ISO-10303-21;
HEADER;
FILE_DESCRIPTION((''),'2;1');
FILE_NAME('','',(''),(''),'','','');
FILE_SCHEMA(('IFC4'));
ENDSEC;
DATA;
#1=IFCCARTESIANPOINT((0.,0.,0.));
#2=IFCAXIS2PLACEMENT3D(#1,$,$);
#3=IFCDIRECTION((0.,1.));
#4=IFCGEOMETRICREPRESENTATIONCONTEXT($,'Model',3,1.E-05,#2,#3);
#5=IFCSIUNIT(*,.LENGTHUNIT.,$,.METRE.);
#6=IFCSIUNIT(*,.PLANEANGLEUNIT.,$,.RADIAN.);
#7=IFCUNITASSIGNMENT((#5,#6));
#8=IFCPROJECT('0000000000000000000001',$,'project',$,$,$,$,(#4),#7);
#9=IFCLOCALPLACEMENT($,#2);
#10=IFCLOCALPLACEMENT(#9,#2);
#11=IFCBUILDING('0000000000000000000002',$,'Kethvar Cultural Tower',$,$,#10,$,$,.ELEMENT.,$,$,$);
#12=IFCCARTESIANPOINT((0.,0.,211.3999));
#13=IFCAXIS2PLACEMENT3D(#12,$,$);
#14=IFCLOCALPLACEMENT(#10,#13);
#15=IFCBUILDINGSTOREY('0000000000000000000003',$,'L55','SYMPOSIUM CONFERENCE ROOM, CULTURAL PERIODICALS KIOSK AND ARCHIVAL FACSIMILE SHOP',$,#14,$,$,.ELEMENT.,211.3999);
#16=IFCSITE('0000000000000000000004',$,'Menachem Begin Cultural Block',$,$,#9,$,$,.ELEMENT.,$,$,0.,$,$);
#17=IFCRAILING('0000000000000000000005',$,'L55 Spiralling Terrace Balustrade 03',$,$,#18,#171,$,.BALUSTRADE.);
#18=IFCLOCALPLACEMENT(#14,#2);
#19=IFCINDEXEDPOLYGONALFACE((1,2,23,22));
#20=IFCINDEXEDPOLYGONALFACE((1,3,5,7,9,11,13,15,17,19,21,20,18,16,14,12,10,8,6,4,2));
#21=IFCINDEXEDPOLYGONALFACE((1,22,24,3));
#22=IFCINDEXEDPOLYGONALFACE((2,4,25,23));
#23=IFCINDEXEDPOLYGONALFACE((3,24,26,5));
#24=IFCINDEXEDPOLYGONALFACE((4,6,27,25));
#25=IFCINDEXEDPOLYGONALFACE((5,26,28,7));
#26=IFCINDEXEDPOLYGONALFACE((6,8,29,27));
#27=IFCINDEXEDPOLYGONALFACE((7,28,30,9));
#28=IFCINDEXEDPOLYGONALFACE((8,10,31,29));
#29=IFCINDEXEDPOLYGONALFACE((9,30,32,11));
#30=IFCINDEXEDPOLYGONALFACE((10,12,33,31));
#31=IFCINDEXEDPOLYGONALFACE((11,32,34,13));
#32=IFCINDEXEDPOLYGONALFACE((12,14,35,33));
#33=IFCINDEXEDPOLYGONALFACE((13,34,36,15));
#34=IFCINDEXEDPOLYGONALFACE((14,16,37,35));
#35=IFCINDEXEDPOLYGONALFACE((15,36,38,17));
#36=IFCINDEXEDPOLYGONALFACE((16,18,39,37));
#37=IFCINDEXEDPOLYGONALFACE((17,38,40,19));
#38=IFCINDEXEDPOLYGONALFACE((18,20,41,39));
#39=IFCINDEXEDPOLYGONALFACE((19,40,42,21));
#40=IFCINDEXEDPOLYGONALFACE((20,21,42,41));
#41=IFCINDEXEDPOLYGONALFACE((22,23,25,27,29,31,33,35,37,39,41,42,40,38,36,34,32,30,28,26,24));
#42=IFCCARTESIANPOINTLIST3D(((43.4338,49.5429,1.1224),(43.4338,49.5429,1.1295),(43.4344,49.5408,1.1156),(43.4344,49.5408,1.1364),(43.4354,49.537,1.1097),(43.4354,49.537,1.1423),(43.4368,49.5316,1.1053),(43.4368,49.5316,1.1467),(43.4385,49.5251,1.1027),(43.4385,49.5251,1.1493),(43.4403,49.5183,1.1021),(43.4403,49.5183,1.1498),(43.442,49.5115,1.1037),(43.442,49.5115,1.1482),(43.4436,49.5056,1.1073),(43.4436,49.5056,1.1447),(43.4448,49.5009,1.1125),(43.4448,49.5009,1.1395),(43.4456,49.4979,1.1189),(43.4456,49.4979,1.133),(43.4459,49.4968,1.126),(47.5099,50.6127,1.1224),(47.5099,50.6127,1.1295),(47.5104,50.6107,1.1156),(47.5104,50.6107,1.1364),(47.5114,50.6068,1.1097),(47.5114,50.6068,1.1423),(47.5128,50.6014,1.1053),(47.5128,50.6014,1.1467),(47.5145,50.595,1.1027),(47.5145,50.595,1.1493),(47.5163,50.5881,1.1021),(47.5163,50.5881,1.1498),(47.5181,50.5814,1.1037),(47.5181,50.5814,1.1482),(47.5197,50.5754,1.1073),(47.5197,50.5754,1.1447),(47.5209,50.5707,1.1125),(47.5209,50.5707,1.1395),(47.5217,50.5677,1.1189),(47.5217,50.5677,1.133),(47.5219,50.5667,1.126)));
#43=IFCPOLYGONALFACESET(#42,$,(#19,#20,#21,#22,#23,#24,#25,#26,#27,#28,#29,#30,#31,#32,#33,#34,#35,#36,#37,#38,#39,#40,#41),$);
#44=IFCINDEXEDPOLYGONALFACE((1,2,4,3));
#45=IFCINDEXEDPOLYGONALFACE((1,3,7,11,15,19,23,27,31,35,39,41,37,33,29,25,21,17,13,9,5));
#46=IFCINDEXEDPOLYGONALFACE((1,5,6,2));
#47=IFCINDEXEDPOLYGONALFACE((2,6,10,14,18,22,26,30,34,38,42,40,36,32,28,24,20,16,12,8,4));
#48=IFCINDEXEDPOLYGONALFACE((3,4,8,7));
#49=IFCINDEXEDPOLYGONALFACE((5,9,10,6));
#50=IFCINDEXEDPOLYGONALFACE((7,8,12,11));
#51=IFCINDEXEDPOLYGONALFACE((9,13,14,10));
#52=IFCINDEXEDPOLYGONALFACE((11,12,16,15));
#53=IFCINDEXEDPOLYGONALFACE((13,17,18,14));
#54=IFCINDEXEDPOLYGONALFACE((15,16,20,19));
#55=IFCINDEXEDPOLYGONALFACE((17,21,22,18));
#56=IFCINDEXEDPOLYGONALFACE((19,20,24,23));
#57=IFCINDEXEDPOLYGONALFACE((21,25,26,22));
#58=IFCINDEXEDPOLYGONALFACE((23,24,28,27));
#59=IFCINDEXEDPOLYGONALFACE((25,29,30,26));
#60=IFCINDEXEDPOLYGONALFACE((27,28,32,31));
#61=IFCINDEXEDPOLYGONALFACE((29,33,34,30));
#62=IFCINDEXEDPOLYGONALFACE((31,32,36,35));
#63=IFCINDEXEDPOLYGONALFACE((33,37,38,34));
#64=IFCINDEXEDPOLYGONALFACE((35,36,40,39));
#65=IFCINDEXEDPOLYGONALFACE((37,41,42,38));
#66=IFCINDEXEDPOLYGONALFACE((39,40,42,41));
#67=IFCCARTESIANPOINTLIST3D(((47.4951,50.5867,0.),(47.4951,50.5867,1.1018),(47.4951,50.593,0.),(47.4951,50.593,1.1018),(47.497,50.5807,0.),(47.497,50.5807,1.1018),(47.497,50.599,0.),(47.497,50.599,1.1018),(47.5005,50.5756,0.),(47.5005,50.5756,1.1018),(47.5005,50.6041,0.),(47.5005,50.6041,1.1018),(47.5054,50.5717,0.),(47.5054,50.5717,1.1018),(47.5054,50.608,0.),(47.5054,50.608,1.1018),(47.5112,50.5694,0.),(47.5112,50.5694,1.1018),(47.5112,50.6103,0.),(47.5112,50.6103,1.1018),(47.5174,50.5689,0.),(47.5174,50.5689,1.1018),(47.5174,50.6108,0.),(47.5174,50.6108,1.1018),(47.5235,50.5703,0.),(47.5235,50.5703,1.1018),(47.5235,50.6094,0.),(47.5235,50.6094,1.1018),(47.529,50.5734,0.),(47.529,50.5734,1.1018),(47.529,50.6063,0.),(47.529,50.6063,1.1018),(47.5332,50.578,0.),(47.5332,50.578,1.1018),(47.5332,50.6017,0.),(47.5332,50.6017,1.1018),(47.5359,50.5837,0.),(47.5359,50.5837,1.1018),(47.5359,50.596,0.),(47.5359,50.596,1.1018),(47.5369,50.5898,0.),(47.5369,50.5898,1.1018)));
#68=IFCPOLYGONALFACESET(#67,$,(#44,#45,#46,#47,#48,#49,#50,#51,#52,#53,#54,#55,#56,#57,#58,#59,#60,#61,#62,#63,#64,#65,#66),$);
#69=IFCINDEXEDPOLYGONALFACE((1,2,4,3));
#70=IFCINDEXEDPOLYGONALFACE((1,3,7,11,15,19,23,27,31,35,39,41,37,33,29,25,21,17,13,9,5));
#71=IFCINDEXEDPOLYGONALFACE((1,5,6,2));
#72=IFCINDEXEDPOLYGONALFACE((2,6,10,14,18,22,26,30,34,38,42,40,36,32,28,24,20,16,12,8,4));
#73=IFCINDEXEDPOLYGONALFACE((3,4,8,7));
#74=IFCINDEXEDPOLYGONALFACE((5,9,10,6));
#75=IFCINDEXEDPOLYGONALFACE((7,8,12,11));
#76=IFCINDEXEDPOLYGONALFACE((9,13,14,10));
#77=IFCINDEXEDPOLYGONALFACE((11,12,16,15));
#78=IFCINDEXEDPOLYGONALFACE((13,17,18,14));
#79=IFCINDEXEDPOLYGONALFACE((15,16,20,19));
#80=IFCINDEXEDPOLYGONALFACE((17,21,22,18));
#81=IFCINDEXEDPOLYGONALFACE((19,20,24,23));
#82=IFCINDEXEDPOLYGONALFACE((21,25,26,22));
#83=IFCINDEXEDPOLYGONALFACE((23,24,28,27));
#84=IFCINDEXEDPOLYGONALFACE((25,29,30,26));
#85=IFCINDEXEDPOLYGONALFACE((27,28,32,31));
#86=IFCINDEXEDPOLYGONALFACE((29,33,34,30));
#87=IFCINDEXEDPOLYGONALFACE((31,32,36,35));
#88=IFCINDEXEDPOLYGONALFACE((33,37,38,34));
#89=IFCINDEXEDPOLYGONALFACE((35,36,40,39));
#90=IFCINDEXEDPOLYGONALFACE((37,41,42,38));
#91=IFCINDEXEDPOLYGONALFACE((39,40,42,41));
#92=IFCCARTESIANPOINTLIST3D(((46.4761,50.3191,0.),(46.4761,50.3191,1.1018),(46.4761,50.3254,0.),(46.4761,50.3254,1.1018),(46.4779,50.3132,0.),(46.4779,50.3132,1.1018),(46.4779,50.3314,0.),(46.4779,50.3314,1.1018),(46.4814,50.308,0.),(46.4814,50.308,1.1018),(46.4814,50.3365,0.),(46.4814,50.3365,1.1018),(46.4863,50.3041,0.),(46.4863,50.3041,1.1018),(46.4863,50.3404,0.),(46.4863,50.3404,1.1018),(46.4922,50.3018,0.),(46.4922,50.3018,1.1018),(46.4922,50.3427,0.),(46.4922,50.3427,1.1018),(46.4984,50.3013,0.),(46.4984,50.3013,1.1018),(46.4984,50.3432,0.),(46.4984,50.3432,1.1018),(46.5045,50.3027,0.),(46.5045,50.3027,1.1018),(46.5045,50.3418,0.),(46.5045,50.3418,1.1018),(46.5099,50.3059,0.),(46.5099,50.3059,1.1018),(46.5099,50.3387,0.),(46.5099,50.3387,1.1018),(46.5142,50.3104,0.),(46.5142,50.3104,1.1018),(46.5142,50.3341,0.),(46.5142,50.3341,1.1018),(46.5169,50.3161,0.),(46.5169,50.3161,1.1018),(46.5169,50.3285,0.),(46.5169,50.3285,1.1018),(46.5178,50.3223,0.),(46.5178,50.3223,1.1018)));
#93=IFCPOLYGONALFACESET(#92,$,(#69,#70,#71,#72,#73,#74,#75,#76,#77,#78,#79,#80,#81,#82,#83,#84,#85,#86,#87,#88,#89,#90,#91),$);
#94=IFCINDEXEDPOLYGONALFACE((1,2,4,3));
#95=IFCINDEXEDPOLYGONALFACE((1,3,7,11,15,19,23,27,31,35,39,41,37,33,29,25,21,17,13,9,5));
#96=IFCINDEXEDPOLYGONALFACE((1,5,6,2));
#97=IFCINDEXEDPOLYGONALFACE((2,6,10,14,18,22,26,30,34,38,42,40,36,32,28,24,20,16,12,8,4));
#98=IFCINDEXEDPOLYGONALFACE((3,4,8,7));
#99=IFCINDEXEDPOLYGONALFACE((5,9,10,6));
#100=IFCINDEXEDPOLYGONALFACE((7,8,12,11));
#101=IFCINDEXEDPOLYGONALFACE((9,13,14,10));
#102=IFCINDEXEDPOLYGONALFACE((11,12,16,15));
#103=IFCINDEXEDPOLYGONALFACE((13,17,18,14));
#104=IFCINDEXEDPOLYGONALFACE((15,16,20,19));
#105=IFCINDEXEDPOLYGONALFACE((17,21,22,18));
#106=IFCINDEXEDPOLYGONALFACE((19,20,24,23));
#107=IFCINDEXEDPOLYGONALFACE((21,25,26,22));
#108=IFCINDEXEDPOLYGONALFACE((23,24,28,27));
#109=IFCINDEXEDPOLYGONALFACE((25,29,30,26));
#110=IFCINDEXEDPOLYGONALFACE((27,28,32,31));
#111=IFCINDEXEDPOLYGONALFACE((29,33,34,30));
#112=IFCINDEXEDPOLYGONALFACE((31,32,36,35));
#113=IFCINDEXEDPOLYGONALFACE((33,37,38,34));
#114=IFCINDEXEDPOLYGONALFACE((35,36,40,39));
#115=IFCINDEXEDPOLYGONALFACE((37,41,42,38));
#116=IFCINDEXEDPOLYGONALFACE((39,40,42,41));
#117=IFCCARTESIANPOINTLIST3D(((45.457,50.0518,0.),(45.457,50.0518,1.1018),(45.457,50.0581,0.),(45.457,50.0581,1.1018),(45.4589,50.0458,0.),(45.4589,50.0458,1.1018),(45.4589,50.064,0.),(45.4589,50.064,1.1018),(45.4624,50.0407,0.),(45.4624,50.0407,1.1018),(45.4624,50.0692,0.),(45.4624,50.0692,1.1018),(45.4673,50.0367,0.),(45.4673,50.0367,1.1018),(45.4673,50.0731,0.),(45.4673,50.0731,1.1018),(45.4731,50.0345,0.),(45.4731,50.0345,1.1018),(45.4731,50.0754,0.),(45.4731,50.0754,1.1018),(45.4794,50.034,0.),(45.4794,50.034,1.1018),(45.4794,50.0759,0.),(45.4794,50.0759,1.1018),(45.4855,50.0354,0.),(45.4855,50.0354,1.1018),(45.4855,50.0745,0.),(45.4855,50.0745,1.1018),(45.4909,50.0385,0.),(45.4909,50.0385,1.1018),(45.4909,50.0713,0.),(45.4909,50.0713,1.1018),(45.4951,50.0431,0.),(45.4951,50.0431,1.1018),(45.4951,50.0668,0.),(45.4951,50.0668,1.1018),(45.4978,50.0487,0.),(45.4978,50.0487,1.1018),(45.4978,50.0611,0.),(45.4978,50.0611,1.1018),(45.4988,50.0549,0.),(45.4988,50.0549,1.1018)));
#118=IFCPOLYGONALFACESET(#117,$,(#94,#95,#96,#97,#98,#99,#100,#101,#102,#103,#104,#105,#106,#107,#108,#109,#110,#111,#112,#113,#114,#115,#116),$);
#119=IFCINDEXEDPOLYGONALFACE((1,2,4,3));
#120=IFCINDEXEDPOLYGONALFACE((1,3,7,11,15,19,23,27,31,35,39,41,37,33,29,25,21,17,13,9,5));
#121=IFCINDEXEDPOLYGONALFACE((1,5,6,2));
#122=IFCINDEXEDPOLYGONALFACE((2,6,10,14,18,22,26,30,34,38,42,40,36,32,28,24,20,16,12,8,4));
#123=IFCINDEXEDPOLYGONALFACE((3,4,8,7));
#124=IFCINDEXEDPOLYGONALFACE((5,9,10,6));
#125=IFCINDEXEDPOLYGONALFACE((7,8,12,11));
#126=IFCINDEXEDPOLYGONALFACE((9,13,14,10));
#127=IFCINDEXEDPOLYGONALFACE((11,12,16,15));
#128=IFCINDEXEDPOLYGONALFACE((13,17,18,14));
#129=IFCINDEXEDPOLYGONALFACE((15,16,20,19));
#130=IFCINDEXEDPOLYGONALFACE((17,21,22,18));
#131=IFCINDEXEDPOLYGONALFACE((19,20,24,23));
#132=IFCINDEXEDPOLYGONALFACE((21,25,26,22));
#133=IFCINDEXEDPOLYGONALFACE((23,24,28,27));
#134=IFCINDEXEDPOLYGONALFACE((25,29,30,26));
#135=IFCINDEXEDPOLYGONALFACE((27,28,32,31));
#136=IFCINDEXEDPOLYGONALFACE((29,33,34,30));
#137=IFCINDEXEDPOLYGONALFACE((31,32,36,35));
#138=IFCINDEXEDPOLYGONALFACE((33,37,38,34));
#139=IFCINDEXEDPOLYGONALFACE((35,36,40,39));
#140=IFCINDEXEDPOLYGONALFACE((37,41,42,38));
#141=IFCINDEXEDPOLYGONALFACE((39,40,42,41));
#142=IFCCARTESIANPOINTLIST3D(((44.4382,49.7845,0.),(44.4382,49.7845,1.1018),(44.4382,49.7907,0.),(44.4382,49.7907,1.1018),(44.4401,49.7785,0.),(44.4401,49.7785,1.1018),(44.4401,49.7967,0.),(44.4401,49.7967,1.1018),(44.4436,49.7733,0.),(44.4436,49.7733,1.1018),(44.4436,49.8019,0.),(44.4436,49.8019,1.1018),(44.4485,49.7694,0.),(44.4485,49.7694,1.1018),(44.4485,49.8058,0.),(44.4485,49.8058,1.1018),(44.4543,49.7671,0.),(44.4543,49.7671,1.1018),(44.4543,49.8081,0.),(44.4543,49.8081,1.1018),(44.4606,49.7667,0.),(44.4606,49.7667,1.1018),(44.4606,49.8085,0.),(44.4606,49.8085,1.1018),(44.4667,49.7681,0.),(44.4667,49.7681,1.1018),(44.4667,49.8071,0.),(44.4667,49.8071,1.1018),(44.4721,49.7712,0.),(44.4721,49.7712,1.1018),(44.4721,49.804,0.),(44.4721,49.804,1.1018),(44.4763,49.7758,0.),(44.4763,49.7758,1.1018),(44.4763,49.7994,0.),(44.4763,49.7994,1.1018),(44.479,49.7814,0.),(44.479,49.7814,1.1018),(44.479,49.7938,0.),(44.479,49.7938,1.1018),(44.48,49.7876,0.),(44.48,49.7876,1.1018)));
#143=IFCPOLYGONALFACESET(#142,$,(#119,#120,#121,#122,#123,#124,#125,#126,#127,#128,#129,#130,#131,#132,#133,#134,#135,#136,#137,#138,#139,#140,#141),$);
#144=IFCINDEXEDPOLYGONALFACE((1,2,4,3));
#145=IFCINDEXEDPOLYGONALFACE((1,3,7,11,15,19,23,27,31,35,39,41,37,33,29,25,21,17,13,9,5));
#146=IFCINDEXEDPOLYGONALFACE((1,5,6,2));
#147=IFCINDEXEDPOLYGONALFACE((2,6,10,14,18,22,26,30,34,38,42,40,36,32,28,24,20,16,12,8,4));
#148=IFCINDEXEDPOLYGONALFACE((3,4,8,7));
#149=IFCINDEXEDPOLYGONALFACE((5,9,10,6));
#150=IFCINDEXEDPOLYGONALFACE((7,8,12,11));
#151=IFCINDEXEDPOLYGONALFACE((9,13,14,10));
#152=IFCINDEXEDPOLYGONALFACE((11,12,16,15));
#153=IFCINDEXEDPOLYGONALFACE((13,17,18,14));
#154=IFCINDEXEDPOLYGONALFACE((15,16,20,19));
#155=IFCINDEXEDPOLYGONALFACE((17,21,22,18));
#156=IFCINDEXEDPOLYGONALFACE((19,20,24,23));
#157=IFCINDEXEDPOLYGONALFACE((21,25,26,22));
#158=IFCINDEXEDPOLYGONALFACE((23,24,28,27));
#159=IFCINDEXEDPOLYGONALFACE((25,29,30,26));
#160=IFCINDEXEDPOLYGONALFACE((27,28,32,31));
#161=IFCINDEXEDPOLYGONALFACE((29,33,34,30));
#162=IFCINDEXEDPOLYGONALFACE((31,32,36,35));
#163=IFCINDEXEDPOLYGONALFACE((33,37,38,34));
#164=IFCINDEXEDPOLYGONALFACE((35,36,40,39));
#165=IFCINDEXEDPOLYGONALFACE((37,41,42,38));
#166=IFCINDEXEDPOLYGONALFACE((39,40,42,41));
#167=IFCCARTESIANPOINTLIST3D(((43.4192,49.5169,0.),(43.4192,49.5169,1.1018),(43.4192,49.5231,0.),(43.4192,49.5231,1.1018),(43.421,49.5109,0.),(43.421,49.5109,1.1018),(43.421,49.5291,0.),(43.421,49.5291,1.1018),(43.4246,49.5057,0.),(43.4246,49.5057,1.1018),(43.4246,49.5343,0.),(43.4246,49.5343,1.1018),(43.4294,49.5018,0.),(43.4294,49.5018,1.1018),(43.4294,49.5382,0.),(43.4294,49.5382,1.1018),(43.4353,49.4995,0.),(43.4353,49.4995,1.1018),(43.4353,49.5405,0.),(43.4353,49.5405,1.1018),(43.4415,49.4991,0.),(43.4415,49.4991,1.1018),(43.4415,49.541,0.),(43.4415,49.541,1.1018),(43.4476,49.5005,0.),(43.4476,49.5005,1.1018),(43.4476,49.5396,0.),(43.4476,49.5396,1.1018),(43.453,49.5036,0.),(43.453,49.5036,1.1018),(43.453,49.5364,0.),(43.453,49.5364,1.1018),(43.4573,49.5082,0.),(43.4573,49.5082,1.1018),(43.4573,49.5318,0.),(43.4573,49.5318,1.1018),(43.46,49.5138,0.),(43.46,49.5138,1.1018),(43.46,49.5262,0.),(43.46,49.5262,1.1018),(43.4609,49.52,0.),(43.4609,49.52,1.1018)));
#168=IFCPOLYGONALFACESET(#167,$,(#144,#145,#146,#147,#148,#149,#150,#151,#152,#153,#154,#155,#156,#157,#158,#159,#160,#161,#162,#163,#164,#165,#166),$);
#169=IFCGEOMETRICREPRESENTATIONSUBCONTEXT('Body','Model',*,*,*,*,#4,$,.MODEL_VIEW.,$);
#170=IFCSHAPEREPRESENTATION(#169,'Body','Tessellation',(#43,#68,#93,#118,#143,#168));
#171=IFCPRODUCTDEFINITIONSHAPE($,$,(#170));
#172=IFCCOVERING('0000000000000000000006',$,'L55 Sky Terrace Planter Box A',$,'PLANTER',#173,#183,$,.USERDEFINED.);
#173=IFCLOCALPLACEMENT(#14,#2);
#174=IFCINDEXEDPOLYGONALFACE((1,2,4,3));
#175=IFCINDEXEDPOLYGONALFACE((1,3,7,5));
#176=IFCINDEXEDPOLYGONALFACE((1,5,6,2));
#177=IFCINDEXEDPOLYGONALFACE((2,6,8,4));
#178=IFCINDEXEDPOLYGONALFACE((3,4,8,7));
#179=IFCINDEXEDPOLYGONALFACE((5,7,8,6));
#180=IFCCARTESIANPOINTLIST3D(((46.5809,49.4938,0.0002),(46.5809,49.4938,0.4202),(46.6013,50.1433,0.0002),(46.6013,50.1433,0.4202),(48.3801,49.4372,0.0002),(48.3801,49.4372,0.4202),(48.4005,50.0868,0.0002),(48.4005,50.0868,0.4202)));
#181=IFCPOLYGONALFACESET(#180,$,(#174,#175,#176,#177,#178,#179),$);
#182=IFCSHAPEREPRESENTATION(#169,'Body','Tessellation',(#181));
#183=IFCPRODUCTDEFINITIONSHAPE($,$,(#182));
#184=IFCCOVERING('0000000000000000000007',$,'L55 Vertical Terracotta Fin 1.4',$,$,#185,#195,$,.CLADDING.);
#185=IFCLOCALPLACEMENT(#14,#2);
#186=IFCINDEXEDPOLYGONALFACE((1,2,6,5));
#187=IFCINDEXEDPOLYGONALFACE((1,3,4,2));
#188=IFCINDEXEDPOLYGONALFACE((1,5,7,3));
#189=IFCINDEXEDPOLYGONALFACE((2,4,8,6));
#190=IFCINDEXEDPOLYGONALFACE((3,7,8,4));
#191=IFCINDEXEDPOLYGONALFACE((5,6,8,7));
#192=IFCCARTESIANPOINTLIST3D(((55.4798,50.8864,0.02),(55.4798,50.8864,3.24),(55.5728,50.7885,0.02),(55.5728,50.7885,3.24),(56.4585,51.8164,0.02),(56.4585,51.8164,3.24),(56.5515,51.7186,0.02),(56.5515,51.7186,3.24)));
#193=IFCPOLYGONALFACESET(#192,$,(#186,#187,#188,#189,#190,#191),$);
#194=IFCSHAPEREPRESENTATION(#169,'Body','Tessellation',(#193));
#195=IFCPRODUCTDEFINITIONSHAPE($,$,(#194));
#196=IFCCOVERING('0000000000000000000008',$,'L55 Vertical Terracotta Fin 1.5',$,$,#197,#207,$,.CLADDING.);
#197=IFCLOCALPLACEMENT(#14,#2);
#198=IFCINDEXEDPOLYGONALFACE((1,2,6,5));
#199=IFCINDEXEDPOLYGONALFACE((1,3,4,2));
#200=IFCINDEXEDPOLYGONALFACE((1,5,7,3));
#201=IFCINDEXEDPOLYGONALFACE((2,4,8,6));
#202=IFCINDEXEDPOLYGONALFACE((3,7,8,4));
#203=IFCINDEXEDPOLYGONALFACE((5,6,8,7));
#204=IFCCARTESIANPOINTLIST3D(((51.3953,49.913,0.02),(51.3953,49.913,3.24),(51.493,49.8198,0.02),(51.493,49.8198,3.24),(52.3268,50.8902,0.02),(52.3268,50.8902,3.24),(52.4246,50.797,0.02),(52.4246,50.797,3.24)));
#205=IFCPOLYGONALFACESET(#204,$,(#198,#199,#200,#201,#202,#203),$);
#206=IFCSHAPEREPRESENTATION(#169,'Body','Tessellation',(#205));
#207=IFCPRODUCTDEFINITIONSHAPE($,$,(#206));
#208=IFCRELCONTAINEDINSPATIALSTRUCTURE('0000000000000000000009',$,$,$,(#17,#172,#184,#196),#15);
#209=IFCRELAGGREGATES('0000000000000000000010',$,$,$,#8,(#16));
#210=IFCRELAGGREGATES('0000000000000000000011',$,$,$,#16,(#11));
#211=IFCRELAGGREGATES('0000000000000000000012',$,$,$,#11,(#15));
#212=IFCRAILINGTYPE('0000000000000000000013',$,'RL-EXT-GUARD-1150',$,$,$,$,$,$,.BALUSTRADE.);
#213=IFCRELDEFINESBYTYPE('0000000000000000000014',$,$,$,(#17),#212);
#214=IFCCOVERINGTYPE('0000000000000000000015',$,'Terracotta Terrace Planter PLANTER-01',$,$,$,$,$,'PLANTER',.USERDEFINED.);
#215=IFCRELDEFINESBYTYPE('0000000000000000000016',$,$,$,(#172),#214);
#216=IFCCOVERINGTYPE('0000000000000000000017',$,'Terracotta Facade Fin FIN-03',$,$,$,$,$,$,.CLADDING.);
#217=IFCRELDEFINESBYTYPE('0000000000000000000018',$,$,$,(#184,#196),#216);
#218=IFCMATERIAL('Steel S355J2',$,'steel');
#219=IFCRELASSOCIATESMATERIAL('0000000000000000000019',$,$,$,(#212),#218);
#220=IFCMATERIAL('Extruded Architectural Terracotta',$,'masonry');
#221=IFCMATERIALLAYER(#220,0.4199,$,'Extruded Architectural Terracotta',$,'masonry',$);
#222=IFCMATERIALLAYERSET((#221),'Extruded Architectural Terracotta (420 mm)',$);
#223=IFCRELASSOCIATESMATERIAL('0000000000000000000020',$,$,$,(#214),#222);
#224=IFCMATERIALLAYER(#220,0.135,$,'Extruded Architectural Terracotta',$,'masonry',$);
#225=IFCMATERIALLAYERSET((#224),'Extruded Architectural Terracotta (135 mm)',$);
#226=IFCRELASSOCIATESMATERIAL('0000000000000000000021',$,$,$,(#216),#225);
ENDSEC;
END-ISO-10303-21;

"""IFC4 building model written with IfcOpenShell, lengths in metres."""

from ifc_helpers import new_model, si_unit, direction, frame, origin, origin_2d, place, context, subcontext, project, spatial, rectangle, circle, extrude, source, transform, mapped, material, layer, layer_set, type_object, element, save


model = new_model("IFC4")

# Units and contexts
model_context = context("Model", 3, precision=1e-05, world=origin(), true_north=direction((0.0, 1.0)))
body_context = subcontext(model_context, "Body", "Model", "MODEL_VIEW")
ifc_project = project(units=[si_unit("LENGTHUNIT", "METRE"), si_unit("PLANEANGLEUNIT", "RADIAN")], contexts=[model_context])

# Site, building, storey
site_placement = place(None, origin())
site = spatial("IfcSite", under=ifc_project, at=site_placement, Name="Menachem Begin Cultural Block", CompositionType="ELEMENT", RefElevation=0.0)
building_placement = place(site_placement, origin())
building = spatial("IfcBuilding", under=site, at=building_placement, Name="Kethvar Cultural Tower", CompositionType="ELEMENT")
storey_placement = place(building_placement, frame((0.0, 0.0, 211.3999)))
storey = spatial("IfcBuildingStorey", under=building, at=storey_placement, Name="L55", Description="SYMPOSIUM CONFERENCE ROOM, CULTURAL PERIODICALS KIOSK AND ARCHIVAL FACSIMILE SHOP", CompositionType="ELEMENT", Elevation=211.3999)

# Shared definitions
ifc_material_1 = material(Name="Steel S355J2", Category="steel")

# Railing
railing_type = type_object("IfcRailingType", Name="RL-EXT-GUARD-1150", PredefinedType="BALUSTRADE", material=ifc_material_1)
railing_1_placement = place(storey_placement, frame((47.5159, 50.5898, 0.0)))
element("IfcRailing", 1, at=railing_1_placement, inside=storey, type_object=railing_type, Name="L55 Spiralling Terrace Balustrade 03", PredefinedType="BALUSTRADE", context=body_context, shape_type="SweptSolid", body=[
    extrude(circle(Radius=0.0239, at=origin_2d()), frame((0.0, 0.0, 1.126), z_axis=(-0.967237, -0.253874, 0.0), x_axis=(0.253874, -0.967237, 0.0)), (0.0, 0.0, 1.0), 4.2141),
    extrude(circle(Radius=0.021, at=origin_2d()), origin(), (0.0, 0.0, 1.0), 1.1018),
    extrude(circle(Radius=0.021, at=origin_2d()), frame((-1.019, -0.2676, 0.0)), (0.0, 0.0, 1.0), 1.1018),
    extrude(circle(Radius=0.021, at=origin_2d()), frame((-2.0381, -0.5349, 0.0)), (0.0, 0.0, 1.0), 1.1018),
    extrude(circle(Radius=0.021, at=origin_2d()), frame((-3.0569, -0.8022, 0.0)), (0.0, 0.0, 1.0), 1.1018),
    extrude(circle(Radius=0.021, at=origin_2d()), frame((-4.0759, -1.0698, 0.0)), (0.0, 0.0, 1.0), 1.1018),
])

# Coverings
ifc_material_2 = material(Name="Extruded Architectural Terracotta", Category="masonry")
ifc_layer_1 = layer(ifc_material_2, 0.4199, Name="Extruded Architectural Terracotta", Category="masonry")
ifc_layer_set_1 = layer_set([ifc_layer_1], Name="Extruded Architectural Terracotta (420 mm)")
covering_type_1 = type_object("IfcCoveringType", Name="Terracotta Terrace Planter PLANTER-01", ElementType="PLANTER", PredefinedType="USERDEFINED", material=ifc_layer_set_1)
shared_shape_1 = source(origin(), body_context, "Body", "SweptSolid", [
    extrude(rectangle(XDim=1.8, YDim=0.6499, at=origin_2d()), origin(), (0.0, 0.0, 1.0), 0.4199),
])
covering_placement = place(storey_placement, frame((47.4907, 49.7903, 0.0002), z_axis=(0.0, 0.0, 1.0), x_axis=(-0.999507, 0.031411, 0.0)))
element("IfcCovering", 2, at=covering_placement, inside=storey, type_object=covering_type_1, Name="L55 Sky Terrace Planter Box A", ObjectType="PLANTER", PredefinedType="USERDEFINED", context=body_context, shape_type="MappedRepresentation", body=[
    mapped(shared_shape_1, transform((0.0, 0.0, 0.0), scale=1.0)),
])
ifc_layer_2 = layer(ifc_material_2, 0.135, Name="Extruded Architectural Terracotta", Category="masonry")
ifc_layer_set_2 = layer_set([ifc_layer_2], Name="Extruded Architectural Terracotta (135 mm)")
covering_type_2 = type_object("IfcCoveringType", Name="Terracotta Facade Fin FIN-03", PredefinedType="CLADDING", material=ifc_layer_set_2)
shared_shape_2 = source(origin(), body_context, "Body", "SweptSolid", [
    extrude(rectangle(XDim=1.3501, YDim=0.135, at=origin_2d()), origin(), (0.0, 0.0, 1.0), 3.22),
])
for number, where, z_axis, x_axis, name in (
    (3, (56.0156, 51.3025, 0.02), (0.0, 0.0, 1.0), (0.724894, 0.688861, 0.0), "L55 Vertical Terracotta Fin 1.4"),
    (4, (51.9099, 50.355, 0.02), (0.0, 0.0, 1.0), (0.689999, 0.723811, 0.0), "L55 Vertical Terracotta Fin 1.5"),
):
    element("IfcCovering", number, at=place(storey_placement, frame(where, z_axis=z_axis, x_axis=x_axis)), inside=storey, type_object=covering_type_2, Name=name, PredefinedType="CLADDING", context=body_context, shape_type="MappedRepresentation", body=[
        mapped(shared_shape_2, transform((0.0, 0.0, 0.0), scale=1.0)),
    ])

save(model, "model.ifc")
